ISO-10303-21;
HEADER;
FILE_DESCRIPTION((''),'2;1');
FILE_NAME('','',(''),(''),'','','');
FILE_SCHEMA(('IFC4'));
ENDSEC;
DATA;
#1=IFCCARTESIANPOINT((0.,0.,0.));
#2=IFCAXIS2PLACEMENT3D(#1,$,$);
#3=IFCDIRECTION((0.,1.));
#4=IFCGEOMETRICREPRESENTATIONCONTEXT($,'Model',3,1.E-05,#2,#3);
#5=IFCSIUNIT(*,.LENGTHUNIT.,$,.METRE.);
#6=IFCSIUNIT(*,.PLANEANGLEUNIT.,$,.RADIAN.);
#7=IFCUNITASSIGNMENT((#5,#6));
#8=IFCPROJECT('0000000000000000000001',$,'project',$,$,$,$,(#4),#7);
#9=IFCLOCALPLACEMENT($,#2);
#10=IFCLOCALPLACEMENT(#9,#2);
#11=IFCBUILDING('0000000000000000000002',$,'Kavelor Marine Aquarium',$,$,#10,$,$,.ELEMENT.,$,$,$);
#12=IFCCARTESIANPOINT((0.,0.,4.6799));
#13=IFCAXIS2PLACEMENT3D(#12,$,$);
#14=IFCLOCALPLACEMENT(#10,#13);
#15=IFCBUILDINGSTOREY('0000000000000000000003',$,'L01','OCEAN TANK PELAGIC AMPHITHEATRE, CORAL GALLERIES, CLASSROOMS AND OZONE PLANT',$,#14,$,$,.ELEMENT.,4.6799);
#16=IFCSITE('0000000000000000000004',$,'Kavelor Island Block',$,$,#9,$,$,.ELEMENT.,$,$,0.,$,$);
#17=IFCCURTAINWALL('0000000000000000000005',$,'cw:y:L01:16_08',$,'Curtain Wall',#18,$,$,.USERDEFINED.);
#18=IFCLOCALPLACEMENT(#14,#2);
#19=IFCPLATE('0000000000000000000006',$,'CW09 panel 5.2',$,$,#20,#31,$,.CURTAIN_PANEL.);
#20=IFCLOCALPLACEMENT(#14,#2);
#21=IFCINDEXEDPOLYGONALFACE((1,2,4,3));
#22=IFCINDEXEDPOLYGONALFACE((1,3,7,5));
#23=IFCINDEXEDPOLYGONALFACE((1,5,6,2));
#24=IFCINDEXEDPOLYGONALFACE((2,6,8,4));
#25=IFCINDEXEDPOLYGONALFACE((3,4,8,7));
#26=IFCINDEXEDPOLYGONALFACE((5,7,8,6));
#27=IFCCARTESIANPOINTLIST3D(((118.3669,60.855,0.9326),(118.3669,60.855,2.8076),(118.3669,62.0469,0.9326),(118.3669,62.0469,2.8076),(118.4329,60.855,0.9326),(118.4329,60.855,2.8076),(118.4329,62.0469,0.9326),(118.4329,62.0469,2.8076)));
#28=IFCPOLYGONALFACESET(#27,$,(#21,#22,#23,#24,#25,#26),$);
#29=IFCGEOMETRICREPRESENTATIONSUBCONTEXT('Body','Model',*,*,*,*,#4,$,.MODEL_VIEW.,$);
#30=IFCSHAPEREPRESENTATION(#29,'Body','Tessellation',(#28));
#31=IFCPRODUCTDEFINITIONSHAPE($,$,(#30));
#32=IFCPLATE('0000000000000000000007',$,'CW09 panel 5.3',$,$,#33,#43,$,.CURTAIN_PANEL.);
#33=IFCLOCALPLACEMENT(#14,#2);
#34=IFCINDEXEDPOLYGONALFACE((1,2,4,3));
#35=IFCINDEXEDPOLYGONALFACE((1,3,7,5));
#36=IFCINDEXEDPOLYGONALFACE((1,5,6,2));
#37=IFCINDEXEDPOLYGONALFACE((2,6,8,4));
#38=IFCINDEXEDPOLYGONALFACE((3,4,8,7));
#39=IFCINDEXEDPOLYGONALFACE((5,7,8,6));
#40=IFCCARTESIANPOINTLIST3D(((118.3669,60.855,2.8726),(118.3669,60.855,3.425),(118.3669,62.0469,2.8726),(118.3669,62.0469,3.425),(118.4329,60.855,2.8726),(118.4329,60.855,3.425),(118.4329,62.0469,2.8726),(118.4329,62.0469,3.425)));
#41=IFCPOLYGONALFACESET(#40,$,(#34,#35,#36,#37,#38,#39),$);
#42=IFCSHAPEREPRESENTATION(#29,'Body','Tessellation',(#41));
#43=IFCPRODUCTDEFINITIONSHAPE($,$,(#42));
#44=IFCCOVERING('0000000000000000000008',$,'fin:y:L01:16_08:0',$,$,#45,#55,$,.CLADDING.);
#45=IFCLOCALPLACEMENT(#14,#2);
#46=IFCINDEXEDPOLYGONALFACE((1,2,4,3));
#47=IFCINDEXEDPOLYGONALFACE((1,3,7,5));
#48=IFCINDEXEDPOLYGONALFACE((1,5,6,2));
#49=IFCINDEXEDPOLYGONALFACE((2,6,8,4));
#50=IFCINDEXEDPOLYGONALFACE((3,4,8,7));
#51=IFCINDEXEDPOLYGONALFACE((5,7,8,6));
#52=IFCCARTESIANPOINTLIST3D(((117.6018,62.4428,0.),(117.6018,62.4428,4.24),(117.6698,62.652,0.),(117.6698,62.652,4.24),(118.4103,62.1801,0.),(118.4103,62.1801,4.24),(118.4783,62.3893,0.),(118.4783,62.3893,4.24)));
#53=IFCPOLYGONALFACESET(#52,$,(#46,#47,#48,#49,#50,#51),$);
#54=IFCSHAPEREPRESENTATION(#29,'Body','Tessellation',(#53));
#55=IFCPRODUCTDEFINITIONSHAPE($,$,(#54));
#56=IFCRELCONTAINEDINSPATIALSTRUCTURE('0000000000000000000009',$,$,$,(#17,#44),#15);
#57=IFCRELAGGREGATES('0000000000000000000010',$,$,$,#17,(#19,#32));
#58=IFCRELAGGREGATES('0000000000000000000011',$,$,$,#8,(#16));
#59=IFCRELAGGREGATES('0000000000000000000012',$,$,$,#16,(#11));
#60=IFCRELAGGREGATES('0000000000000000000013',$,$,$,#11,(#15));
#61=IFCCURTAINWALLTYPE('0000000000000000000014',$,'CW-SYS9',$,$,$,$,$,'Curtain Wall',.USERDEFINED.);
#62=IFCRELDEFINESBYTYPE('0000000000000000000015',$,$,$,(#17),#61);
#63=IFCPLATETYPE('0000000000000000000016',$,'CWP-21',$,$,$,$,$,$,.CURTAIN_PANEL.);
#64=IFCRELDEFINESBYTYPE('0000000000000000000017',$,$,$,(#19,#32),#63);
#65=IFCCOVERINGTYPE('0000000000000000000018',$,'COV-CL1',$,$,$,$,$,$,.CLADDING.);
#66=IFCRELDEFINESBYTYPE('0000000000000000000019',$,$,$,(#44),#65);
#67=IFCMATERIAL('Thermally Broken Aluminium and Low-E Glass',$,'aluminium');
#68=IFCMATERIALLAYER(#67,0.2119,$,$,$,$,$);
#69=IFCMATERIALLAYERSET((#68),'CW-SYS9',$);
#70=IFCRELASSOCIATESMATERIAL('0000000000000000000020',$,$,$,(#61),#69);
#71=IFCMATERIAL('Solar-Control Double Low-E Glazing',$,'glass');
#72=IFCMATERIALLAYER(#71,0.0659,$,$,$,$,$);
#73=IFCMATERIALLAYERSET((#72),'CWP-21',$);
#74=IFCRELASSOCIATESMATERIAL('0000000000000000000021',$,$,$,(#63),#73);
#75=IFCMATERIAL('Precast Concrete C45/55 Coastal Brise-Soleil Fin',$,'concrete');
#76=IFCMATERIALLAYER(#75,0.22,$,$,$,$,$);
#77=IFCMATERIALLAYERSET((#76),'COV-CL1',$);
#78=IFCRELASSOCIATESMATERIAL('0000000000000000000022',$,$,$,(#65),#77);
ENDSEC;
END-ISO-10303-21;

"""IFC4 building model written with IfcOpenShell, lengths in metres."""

from ifc_helpers import new_model, si_unit, direction, frame, origin, origin_2d, place, context, subcontext, project, spatial, rectangle, extrude, material, layer, layer_set, type_object, element, aggregate, save


model = new_model("IFC4")

# Units and contexts
model_context = context("Model", 3, precision=1e-05, world=origin(), true_north=direction((0.0, 1.0)))
body_context = subcontext(model_context, "Body", "Model", "MODEL_VIEW")
ifc_project = project(units=[si_unit("LENGTHUNIT", "METRE"), si_unit("PLANEANGLEUNIT", "RADIAN")], contexts=[model_context])

# Site, building, storey
site_placement = place(None, origin())
site = spatial("IfcSite", under=ifc_project, at=site_placement, Name="Kavelor Island Block", CompositionType="ELEMENT", RefElevation=0.0)
building_placement = place(site_placement, origin())
building = spatial("IfcBuilding", under=site, at=building_placement, Name="Kavelor Marine Aquarium", CompositionType="ELEMENT")
storey_placement = place(building_placement, frame((0.0, 0.0, 4.6799)))
storey = spatial("IfcBuildingStorey", under=building, at=storey_placement, Name="L01", Description="OCEAN TANK PELAGIC AMPHITHEATRE, CORAL GALLERIES, CLASSROOMS AND OZONE PLANT", CompositionType="ELEMENT", Elevation=4.6799)

# Curtain wall
ifc_material_1 = material(Name="Thermally Broken Aluminium and Low-E Glass", Category="aluminium")
ifc_layer_1 = layer(ifc_material_1, 0.2119)
ifc_layer_set_1 = layer_set([ifc_layer_1], Name="CW-SYS9")
curtain_wall_type = type_object("IfcCurtainWallType", Name="CW-SYS9", ElementType="Curtain Wall", PredefinedType="USERDEFINED", material=ifc_layer_set_1)
curtain_wall_placement = place(storey_placement, origin())
curtain_wall = element("IfcCurtainWall", 1, at=curtain_wall_placement, inside=storey, type_object=curtain_wall_type, Name="cw:y:L01:16_08", ObjectType="Curtain Wall", PredefinedType="USERDEFINED")

# Plates
ifc_material_2 = material(Name="Solar-Control Double Low-E Glazing", Category="glass")
ifc_layer_2 = layer(ifc_material_2, 0.0659)
ifc_layer_set_2 = layer_set([ifc_layer_2], Name="CWP-21")
plate_type = type_object("IfcPlateType", Name="CWP-21", PredefinedType="CURTAIN_PANEL", material=ifc_layer_set_2)
plate_1_placement = place(storey_placement, frame((118.3999, 61.4509, 0.9326), z_axis=(0.0, 0.0, 1.0), x_axis=(0.0, -1.0, 0.0)))
plate_1 = element("IfcPlate", 2, at=plate_1_placement, type_object=plate_type, Name="CW09 panel 5.2", PredefinedType="CURTAIN_PANEL", context=body_context, shape_type="SweptSolid", body=[
    extrude(rectangle(XDim=1.1919, YDim=0.0659, at=origin_2d()), origin(), (0.0, 0.0, 1.0), 1.875),
])
plate_2_placement = place(storey_placement, frame((118.3999, 61.4509, 2.8726), z_axis=(0.0, 0.0, 1.0), x_axis=(0.0, -1.0, 0.0)))
plate_2 = element("IfcPlate", 3, at=plate_2_placement, type_object=plate_type, Name="CW09 panel 5.3", PredefinedType="CURTAIN_PANEL", context=body_context, shape_type="SweptSolid", body=[
    extrude(rectangle(XDim=1.1919, YDim=0.0659, at=origin_2d()), origin(), (0.0, 0.0, 1.0), 0.5525),
])
aggregate(curtain_wall, [plate_1, plate_2])

# Covering
ifc_material_3 = material(Name="Precast Concrete C45/55 Coastal Brise-Soleil Fin", Category="concrete")
ifc_layer_3 = layer(ifc_material_3, 0.22)
ifc_layer_set_3 = layer_set([ifc_layer_3], Name="COV-CL1")
covering_type = type_object("IfcCoveringType", Name="COV-CL1", PredefinedType="CLADDING", material=ifc_layer_set_3)
covering_placement = place(storey_placement, frame((118.04, 62.416, 0.0), z_axis=(0.0, 0.0, 1.0), x_axis=(0.951057, -0.309017, 0.0)))
element("IfcCovering", 4, at=covering_placement, inside=storey, type_object=covering_type, Name="fin:y:L01:16_08:0", PredefinedType="CLADDING", context=body_context, shape_type="SweptSolid", body=[
    extrude(rectangle(XDim=0.8501, YDim=0.22, at=origin_2d()), origin(), (0.0, 0.0, 1.0), 4.24),
])

save(model, "model.ifc")
